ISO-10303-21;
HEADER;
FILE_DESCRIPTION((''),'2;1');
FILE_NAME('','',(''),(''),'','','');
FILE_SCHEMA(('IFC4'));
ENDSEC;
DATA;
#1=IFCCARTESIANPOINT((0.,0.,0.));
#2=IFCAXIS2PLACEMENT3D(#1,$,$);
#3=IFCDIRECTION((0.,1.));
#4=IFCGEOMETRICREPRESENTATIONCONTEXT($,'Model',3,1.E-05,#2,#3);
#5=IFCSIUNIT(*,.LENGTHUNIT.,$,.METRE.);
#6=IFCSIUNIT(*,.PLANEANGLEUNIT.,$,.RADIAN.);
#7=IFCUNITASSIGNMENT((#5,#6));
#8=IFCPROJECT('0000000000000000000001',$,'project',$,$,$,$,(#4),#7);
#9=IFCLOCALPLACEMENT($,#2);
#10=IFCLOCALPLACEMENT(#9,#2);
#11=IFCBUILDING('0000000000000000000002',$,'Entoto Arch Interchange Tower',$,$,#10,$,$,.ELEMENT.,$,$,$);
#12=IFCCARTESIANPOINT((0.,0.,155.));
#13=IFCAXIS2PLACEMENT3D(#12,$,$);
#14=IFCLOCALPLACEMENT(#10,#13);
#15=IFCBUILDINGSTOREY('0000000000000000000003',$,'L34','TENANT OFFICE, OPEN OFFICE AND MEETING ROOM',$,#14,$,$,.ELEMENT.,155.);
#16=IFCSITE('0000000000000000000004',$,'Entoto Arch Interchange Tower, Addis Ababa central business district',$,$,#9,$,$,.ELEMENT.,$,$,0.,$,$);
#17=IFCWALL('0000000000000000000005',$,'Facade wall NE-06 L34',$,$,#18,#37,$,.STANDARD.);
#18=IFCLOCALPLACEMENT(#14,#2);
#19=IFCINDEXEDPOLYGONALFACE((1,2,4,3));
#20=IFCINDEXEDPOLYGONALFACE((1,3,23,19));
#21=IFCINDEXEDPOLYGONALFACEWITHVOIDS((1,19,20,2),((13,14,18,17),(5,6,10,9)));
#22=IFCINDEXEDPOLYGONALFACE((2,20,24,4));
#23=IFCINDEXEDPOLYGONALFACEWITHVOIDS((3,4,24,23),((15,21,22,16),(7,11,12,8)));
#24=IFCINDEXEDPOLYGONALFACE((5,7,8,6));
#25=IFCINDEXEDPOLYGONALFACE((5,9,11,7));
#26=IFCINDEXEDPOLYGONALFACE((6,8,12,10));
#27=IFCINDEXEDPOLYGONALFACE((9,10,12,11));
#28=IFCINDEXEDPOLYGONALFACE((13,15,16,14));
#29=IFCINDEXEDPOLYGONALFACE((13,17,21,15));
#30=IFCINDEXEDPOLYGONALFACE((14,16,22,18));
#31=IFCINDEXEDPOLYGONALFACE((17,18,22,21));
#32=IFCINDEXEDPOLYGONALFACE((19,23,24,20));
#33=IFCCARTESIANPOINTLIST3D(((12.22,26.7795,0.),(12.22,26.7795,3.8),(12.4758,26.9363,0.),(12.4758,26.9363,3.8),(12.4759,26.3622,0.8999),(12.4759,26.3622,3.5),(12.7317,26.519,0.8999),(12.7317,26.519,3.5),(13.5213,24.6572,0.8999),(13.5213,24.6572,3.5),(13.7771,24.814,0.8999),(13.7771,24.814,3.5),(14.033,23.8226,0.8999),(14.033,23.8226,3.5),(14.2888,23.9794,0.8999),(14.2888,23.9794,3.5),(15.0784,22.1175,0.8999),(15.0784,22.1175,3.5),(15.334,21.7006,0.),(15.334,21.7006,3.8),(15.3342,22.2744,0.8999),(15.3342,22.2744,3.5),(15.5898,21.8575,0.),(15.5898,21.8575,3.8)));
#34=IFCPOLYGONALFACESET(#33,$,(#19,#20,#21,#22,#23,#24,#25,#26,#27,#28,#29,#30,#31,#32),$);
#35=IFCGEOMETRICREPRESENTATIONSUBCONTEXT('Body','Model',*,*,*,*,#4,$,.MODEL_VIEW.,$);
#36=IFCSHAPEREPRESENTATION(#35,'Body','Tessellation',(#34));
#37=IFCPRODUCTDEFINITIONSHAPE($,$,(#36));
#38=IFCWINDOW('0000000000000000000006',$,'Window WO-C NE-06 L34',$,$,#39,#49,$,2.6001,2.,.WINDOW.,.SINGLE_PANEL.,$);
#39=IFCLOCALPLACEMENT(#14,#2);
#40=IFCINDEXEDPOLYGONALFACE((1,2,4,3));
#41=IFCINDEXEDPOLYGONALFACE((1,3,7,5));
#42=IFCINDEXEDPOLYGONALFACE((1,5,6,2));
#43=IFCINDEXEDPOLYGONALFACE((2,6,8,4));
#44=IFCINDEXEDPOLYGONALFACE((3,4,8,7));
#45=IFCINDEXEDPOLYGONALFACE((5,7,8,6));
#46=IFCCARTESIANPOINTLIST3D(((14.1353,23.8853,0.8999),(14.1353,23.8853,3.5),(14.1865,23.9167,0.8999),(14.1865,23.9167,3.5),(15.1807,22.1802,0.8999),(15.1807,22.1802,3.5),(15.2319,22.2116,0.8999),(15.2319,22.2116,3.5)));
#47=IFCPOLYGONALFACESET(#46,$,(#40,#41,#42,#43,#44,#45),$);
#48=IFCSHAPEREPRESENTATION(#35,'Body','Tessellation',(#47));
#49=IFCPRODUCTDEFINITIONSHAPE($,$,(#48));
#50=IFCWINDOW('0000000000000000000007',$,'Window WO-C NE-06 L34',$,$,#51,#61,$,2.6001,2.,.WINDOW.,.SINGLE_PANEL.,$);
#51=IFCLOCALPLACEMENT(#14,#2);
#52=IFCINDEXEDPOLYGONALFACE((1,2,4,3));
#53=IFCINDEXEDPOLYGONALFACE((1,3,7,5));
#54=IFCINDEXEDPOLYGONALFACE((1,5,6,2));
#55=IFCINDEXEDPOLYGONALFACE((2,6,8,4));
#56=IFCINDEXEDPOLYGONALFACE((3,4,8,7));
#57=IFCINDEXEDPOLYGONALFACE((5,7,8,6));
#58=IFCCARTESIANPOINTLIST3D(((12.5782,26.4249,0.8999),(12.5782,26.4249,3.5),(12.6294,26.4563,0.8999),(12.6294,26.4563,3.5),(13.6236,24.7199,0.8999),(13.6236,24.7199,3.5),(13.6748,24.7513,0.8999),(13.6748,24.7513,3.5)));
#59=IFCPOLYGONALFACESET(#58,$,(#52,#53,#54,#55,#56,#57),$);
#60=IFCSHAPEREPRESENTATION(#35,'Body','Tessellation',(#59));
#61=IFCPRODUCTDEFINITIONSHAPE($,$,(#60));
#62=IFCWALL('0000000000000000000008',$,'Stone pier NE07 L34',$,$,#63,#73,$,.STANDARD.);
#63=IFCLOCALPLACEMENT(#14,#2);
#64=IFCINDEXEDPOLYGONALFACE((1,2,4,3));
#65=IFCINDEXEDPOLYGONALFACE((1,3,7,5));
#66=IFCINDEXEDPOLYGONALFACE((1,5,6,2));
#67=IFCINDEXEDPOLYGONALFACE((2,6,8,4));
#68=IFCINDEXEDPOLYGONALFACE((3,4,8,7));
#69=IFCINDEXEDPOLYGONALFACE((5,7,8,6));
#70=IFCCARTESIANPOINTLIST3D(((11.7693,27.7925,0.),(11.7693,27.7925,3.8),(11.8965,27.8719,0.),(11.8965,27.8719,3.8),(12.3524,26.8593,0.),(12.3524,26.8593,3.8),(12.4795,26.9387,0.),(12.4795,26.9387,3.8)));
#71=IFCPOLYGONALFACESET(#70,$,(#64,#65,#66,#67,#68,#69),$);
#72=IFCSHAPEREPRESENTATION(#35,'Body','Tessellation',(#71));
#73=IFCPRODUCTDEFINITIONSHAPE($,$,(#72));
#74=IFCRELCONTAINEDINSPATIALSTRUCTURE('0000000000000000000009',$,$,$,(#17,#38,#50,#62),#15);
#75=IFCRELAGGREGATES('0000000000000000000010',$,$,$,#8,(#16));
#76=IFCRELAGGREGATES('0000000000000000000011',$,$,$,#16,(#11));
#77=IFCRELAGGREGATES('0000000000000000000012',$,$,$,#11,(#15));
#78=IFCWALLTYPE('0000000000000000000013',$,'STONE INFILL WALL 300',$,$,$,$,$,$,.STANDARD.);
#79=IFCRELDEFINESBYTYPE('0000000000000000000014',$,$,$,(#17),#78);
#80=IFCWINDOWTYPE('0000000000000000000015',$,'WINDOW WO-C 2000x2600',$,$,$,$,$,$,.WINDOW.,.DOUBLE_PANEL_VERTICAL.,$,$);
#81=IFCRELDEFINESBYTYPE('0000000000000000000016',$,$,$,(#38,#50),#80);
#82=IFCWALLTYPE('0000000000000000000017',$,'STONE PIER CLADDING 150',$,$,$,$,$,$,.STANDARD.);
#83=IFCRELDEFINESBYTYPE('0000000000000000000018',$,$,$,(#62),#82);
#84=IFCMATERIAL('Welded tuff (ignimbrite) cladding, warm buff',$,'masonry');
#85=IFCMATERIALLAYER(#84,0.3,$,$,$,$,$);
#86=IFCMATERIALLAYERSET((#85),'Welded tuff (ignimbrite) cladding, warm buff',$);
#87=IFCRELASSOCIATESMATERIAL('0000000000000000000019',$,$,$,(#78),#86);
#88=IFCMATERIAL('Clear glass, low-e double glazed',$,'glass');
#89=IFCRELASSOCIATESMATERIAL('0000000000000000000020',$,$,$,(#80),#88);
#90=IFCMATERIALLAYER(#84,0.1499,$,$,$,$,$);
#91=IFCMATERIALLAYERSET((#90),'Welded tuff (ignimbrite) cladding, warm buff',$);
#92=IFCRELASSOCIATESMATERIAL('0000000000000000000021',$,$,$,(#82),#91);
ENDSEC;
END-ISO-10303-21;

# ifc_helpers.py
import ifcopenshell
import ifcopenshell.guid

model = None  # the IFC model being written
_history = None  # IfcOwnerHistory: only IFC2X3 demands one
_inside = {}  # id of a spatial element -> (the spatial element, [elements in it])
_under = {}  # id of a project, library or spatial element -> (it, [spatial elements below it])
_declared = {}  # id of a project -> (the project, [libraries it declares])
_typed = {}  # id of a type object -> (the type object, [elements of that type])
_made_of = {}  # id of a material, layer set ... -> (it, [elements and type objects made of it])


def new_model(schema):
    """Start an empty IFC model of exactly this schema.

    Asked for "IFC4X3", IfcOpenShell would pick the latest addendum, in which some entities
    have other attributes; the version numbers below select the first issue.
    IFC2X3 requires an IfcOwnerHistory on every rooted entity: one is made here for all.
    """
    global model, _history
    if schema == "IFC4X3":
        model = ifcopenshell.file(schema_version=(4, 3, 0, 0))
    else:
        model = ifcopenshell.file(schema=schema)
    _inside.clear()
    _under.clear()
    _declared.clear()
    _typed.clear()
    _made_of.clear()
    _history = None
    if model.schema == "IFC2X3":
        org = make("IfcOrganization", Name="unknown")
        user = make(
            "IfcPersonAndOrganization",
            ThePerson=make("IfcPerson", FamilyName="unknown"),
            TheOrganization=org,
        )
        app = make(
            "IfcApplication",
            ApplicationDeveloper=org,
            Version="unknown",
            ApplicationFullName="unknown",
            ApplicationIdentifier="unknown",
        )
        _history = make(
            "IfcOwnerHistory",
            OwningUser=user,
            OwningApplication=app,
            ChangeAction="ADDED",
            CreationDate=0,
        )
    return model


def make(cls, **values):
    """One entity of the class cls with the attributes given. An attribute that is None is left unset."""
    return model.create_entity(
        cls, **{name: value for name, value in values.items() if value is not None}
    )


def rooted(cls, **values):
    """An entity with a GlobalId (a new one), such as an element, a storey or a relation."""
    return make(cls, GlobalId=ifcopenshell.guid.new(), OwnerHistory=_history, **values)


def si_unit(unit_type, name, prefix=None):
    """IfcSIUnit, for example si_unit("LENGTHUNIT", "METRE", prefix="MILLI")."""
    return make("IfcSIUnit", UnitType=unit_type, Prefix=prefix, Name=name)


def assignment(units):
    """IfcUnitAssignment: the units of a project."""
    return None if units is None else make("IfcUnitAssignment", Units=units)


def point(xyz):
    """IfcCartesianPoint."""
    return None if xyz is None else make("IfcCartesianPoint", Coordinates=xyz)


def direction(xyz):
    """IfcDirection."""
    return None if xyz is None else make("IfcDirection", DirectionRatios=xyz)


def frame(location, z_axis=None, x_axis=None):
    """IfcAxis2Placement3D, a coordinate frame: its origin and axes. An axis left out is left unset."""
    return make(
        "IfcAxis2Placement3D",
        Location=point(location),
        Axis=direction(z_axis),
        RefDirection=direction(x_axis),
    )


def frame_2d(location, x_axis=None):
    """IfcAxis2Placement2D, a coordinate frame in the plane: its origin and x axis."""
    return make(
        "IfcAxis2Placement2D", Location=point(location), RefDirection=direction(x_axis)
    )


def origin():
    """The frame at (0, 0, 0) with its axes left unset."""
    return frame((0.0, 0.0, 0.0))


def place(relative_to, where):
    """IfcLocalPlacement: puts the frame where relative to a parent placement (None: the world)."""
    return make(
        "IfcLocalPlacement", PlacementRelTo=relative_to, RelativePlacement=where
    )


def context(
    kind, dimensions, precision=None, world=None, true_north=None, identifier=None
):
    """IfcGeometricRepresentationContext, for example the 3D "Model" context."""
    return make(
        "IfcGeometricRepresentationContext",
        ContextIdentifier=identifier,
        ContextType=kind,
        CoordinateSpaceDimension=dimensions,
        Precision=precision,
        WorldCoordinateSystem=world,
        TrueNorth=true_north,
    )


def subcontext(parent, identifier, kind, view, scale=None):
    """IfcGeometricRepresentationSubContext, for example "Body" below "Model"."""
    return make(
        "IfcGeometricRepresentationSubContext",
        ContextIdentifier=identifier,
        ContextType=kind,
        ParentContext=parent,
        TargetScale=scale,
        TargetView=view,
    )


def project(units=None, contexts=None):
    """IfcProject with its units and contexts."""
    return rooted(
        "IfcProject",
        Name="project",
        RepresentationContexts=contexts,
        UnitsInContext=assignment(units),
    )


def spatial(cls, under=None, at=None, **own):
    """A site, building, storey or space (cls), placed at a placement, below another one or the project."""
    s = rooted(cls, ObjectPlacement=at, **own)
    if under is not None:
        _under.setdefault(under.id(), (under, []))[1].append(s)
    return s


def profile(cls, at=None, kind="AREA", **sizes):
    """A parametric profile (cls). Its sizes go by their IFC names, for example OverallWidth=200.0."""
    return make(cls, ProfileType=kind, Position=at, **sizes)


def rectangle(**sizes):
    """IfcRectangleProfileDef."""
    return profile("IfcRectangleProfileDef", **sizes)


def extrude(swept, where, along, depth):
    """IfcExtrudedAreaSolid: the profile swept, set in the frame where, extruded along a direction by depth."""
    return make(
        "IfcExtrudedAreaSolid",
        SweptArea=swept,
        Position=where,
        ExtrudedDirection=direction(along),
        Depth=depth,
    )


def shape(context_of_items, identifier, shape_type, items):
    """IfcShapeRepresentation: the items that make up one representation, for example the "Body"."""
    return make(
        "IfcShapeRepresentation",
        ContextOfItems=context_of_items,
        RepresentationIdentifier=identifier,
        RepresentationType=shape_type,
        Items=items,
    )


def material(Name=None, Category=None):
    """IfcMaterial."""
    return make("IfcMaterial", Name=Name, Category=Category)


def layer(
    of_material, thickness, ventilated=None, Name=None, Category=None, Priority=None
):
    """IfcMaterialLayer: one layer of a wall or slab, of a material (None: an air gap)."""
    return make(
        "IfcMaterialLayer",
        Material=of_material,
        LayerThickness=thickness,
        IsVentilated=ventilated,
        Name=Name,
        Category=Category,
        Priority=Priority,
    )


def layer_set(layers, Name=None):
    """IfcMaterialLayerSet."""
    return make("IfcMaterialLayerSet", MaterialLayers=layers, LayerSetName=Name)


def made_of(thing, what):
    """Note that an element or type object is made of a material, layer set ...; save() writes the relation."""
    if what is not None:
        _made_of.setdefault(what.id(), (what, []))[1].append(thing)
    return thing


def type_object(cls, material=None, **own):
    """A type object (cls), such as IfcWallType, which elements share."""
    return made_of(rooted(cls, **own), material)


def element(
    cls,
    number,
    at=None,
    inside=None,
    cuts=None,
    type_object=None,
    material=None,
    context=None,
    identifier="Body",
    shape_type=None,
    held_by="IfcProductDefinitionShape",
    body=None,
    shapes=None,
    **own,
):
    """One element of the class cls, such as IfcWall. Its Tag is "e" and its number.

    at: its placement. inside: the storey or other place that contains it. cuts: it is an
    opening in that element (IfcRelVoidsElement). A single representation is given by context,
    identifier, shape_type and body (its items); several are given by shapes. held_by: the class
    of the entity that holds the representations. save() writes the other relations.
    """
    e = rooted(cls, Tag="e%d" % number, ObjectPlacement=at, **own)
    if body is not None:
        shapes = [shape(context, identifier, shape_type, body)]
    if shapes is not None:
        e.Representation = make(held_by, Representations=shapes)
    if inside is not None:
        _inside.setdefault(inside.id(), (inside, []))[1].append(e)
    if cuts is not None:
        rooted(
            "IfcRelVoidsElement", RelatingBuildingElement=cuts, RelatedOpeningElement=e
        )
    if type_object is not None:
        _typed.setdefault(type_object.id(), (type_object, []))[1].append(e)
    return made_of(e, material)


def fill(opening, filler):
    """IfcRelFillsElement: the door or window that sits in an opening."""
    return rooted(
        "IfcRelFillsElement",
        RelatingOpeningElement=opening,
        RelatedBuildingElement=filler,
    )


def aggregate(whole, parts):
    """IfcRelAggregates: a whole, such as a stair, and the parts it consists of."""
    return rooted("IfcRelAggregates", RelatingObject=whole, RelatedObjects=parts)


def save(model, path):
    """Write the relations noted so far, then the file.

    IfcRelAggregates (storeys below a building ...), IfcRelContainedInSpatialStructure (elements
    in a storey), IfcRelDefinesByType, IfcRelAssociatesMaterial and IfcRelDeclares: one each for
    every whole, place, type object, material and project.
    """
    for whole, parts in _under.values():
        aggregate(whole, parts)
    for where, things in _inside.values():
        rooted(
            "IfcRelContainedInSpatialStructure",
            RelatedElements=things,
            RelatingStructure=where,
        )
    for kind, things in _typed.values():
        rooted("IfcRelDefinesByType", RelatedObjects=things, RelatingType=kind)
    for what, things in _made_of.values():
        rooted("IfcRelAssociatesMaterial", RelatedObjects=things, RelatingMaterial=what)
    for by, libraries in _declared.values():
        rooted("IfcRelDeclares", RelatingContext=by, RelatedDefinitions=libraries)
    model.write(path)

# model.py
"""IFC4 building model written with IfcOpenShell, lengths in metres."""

from ifc_helpers import new_model, si_unit, direction, frame, frame_2d, origin, place, context, subcontext, project, spatial, rectangle, extrude, material, layer, layer_set, type_object, element, fill, save


model = new_model("IFC4")

# Units and contexts
model_context = context("Model", 3, precision=1e-05, world=origin(), true_north=direction((0.0, 1.0)))
body_context = subcontext(model_context, "Body", "Model", "MODEL_VIEW")
ifc_project = project(units=[si_unit("LENGTHUNIT", "METRE"), si_unit("PLANEANGLEUNIT", "RADIAN")], contexts=[model_context])

# Site, building, storey
site_placement = place(None, origin())
site = spatial("IfcSite", under=ifc_project, at=site_placement, Name="Entoto Arch Interchange Tower, Addis Ababa central business district", CompositionType="ELEMENT", RefElevation=0.0)
building_placement = place(site_placement, origin())
building = spatial("IfcBuilding", under=site, at=building_placement, Name="Entoto Arch Interchange Tower", CompositionType="ELEMENT")
storey_placement = place(building_placement, frame((0.0, 0.0, 155.0)))
storey = spatial("IfcBuildingStorey", under=building, at=storey_placement, Name="L34", Description="TENANT OFFICE, OPEN OFFICE AND MEETING ROOM", CompositionType="ELEMENT", Elevation=155.0)

# Wall, openings, windows
ifc_material_1 = material(Name="Welded tuff (ignimbrite) cladding, warm buff", Category="masonry")
ifc_layer_1 = layer(ifc_material_1, 0.3)
ifc_layer_set_1 = layer_set([ifc_layer_1], Name="Welded tuff (ignimbrite) cladding, warm buff")
wall_type_1 = type_object("IfcWallType", Name="STONE INFILL WALL 300", PredefinedType="STANDARD", material=ifc_layer_set_1)
wall_1_placement = place(storey_placement, frame((15.4619, 21.7791, 0.0), z_axis=(0.0, 0.0, 1.0), x_axis=(-0.522704, 0.852514, 0.0)))
wall_1 = element("IfcWall", 1, at=wall_1_placement, inside=storey, type_object=wall_type_1, Name="Facade wall NE-06 L34", PredefinedType="STANDARD", context=body_context, shape_type="SweptSolid", body=[
    extrude(rectangle(XDim=5.9575, YDim=0.3, at=frame_2d((2.9788, 0.0))), origin(), (0.0, 0.0, 1.0), 3.8),
])
opening_1_placement = place(wall_1_placement, frame((0.489, 0.0, 0.8999)))
opening_1 = element("IfcOpeningElement", 2, at=opening_1_placement, cuts=wall_1, PredefinedType="OPENING", context=body_context, shape_type="SweptSolid", body=[
    extrude(rectangle(XDim=2.0, YDim=2.6001, at=frame_2d((1.0, 1.3))), frame((0.0, 0.1602, 0.0), z_axis=(0.0, -1.0, 0.0), x_axis=(1.0, 0.0, 0.0)), (0.0, 0.0, 1.0), 0.3201),
])
opening_2_placement = place(wall_1_placement, frame((3.468, 0.0, 0.8999)))
opening_2 = element("IfcOpeningElement", 3, at=opening_2_placement, cuts=wall_1, PredefinedType="OPENING", context=body_context, shape_type="SweptSolid", body=[
    extrude(rectangle(XDim=2.0, YDim=2.6001, at=frame_2d((1.0, 1.3))), frame((0.0, 0.1602, 0.0), z_axis=(0.0, -1.0, 0.0), x_axis=(1.0, 0.0, 0.0)), (0.0, 0.0, 1.0), 0.3201),
])
ifc_material_2 = material(Name="Clear glass, low-e double glazed", Category="glass")
window_type = type_object("IfcWindowType", Name="WINDOW WO-C 2000x2600", PartitioningType="DOUBLE_PANEL_VERTICAL", PredefinedType="WINDOW", material=ifc_material_2)
window_1_placement = place(opening_1_placement, origin())
window_1 = element("IfcWindow", 4, at=window_1_placement, inside=storey, type_object=window_type, Name="Window WO-C NE-06 L34", OverallHeight=2.6001, OverallWidth=2.0, PartitioningType="SINGLE_PANEL", PredefinedType="WINDOW", context=body_context, shape_type="SweptSolid", body=[
    extrude(rectangle(XDim=2.0, YDim=2.6001, at=frame_2d((1.0, 1.3))), frame((0.0, 0.03, 0.0), z_axis=(0.0, -1.0, 0.0), x_axis=(1.0, 0.0, 0.0)), (0.0, 0.0, 1.0), 0.0601),
])
fill(opening_1, window_1)
window_2_placement = place(opening_2_placement, origin())
window_2 = element("IfcWindow", 5, at=window_2_placement, inside=storey, type_object=window_type, Name="Window WO-C NE-06 L34", OverallHeight=2.6001, OverallWidth=2.0, PartitioningType="SINGLE_PANEL", PredefinedType="WINDOW", context=body_context, shape_type="SweptSolid", body=[
    extrude(rectangle(XDim=2.0, YDim=2.6001, at=frame_2d((1.0, 1.3))), frame((0.0, 0.03, 0.0), z_axis=(0.0, -1.0, 0.0), x_axis=(1.0, 0.0, 0.0)), (0.0, 0.0, 1.0), 0.0601),
])
fill(opening_2, window_2)

# Wall
ifc_layer_2 = layer(ifc_material_1, 0.1499)
ifc_layer_set_2 = layer_set([ifc_layer_2], Name="Welded tuff (ignimbrite) cladding, warm buff")
wall_type_2 = type_object("IfcWallType", Name="STONE PIER CLADDING 150", PredefinedType="STANDARD", material=ifc_layer_set_2)
wall_2_placement = place(storey_placement, frame((12.416, 26.8989, 0.0), z_axis=(0.0, 0.0, 1.0), x_axis=(-0.529879, 0.848073, 0.0)))
element("IfcWall", 6, at=wall_2_placement, inside=storey, type_object=wall_type_2, Name="Stone pier NE07 L34", PredefinedType="STANDARD", context=body_context, shape_type="SweptSolid", body=[
    extrude(rectangle(XDim=1.1003, YDim=0.1499, at=frame_2d((0.5503, 0.0))), origin(), (0.0, 0.0, 1.0), 3.8),
])

save(model, "model.ifc")
